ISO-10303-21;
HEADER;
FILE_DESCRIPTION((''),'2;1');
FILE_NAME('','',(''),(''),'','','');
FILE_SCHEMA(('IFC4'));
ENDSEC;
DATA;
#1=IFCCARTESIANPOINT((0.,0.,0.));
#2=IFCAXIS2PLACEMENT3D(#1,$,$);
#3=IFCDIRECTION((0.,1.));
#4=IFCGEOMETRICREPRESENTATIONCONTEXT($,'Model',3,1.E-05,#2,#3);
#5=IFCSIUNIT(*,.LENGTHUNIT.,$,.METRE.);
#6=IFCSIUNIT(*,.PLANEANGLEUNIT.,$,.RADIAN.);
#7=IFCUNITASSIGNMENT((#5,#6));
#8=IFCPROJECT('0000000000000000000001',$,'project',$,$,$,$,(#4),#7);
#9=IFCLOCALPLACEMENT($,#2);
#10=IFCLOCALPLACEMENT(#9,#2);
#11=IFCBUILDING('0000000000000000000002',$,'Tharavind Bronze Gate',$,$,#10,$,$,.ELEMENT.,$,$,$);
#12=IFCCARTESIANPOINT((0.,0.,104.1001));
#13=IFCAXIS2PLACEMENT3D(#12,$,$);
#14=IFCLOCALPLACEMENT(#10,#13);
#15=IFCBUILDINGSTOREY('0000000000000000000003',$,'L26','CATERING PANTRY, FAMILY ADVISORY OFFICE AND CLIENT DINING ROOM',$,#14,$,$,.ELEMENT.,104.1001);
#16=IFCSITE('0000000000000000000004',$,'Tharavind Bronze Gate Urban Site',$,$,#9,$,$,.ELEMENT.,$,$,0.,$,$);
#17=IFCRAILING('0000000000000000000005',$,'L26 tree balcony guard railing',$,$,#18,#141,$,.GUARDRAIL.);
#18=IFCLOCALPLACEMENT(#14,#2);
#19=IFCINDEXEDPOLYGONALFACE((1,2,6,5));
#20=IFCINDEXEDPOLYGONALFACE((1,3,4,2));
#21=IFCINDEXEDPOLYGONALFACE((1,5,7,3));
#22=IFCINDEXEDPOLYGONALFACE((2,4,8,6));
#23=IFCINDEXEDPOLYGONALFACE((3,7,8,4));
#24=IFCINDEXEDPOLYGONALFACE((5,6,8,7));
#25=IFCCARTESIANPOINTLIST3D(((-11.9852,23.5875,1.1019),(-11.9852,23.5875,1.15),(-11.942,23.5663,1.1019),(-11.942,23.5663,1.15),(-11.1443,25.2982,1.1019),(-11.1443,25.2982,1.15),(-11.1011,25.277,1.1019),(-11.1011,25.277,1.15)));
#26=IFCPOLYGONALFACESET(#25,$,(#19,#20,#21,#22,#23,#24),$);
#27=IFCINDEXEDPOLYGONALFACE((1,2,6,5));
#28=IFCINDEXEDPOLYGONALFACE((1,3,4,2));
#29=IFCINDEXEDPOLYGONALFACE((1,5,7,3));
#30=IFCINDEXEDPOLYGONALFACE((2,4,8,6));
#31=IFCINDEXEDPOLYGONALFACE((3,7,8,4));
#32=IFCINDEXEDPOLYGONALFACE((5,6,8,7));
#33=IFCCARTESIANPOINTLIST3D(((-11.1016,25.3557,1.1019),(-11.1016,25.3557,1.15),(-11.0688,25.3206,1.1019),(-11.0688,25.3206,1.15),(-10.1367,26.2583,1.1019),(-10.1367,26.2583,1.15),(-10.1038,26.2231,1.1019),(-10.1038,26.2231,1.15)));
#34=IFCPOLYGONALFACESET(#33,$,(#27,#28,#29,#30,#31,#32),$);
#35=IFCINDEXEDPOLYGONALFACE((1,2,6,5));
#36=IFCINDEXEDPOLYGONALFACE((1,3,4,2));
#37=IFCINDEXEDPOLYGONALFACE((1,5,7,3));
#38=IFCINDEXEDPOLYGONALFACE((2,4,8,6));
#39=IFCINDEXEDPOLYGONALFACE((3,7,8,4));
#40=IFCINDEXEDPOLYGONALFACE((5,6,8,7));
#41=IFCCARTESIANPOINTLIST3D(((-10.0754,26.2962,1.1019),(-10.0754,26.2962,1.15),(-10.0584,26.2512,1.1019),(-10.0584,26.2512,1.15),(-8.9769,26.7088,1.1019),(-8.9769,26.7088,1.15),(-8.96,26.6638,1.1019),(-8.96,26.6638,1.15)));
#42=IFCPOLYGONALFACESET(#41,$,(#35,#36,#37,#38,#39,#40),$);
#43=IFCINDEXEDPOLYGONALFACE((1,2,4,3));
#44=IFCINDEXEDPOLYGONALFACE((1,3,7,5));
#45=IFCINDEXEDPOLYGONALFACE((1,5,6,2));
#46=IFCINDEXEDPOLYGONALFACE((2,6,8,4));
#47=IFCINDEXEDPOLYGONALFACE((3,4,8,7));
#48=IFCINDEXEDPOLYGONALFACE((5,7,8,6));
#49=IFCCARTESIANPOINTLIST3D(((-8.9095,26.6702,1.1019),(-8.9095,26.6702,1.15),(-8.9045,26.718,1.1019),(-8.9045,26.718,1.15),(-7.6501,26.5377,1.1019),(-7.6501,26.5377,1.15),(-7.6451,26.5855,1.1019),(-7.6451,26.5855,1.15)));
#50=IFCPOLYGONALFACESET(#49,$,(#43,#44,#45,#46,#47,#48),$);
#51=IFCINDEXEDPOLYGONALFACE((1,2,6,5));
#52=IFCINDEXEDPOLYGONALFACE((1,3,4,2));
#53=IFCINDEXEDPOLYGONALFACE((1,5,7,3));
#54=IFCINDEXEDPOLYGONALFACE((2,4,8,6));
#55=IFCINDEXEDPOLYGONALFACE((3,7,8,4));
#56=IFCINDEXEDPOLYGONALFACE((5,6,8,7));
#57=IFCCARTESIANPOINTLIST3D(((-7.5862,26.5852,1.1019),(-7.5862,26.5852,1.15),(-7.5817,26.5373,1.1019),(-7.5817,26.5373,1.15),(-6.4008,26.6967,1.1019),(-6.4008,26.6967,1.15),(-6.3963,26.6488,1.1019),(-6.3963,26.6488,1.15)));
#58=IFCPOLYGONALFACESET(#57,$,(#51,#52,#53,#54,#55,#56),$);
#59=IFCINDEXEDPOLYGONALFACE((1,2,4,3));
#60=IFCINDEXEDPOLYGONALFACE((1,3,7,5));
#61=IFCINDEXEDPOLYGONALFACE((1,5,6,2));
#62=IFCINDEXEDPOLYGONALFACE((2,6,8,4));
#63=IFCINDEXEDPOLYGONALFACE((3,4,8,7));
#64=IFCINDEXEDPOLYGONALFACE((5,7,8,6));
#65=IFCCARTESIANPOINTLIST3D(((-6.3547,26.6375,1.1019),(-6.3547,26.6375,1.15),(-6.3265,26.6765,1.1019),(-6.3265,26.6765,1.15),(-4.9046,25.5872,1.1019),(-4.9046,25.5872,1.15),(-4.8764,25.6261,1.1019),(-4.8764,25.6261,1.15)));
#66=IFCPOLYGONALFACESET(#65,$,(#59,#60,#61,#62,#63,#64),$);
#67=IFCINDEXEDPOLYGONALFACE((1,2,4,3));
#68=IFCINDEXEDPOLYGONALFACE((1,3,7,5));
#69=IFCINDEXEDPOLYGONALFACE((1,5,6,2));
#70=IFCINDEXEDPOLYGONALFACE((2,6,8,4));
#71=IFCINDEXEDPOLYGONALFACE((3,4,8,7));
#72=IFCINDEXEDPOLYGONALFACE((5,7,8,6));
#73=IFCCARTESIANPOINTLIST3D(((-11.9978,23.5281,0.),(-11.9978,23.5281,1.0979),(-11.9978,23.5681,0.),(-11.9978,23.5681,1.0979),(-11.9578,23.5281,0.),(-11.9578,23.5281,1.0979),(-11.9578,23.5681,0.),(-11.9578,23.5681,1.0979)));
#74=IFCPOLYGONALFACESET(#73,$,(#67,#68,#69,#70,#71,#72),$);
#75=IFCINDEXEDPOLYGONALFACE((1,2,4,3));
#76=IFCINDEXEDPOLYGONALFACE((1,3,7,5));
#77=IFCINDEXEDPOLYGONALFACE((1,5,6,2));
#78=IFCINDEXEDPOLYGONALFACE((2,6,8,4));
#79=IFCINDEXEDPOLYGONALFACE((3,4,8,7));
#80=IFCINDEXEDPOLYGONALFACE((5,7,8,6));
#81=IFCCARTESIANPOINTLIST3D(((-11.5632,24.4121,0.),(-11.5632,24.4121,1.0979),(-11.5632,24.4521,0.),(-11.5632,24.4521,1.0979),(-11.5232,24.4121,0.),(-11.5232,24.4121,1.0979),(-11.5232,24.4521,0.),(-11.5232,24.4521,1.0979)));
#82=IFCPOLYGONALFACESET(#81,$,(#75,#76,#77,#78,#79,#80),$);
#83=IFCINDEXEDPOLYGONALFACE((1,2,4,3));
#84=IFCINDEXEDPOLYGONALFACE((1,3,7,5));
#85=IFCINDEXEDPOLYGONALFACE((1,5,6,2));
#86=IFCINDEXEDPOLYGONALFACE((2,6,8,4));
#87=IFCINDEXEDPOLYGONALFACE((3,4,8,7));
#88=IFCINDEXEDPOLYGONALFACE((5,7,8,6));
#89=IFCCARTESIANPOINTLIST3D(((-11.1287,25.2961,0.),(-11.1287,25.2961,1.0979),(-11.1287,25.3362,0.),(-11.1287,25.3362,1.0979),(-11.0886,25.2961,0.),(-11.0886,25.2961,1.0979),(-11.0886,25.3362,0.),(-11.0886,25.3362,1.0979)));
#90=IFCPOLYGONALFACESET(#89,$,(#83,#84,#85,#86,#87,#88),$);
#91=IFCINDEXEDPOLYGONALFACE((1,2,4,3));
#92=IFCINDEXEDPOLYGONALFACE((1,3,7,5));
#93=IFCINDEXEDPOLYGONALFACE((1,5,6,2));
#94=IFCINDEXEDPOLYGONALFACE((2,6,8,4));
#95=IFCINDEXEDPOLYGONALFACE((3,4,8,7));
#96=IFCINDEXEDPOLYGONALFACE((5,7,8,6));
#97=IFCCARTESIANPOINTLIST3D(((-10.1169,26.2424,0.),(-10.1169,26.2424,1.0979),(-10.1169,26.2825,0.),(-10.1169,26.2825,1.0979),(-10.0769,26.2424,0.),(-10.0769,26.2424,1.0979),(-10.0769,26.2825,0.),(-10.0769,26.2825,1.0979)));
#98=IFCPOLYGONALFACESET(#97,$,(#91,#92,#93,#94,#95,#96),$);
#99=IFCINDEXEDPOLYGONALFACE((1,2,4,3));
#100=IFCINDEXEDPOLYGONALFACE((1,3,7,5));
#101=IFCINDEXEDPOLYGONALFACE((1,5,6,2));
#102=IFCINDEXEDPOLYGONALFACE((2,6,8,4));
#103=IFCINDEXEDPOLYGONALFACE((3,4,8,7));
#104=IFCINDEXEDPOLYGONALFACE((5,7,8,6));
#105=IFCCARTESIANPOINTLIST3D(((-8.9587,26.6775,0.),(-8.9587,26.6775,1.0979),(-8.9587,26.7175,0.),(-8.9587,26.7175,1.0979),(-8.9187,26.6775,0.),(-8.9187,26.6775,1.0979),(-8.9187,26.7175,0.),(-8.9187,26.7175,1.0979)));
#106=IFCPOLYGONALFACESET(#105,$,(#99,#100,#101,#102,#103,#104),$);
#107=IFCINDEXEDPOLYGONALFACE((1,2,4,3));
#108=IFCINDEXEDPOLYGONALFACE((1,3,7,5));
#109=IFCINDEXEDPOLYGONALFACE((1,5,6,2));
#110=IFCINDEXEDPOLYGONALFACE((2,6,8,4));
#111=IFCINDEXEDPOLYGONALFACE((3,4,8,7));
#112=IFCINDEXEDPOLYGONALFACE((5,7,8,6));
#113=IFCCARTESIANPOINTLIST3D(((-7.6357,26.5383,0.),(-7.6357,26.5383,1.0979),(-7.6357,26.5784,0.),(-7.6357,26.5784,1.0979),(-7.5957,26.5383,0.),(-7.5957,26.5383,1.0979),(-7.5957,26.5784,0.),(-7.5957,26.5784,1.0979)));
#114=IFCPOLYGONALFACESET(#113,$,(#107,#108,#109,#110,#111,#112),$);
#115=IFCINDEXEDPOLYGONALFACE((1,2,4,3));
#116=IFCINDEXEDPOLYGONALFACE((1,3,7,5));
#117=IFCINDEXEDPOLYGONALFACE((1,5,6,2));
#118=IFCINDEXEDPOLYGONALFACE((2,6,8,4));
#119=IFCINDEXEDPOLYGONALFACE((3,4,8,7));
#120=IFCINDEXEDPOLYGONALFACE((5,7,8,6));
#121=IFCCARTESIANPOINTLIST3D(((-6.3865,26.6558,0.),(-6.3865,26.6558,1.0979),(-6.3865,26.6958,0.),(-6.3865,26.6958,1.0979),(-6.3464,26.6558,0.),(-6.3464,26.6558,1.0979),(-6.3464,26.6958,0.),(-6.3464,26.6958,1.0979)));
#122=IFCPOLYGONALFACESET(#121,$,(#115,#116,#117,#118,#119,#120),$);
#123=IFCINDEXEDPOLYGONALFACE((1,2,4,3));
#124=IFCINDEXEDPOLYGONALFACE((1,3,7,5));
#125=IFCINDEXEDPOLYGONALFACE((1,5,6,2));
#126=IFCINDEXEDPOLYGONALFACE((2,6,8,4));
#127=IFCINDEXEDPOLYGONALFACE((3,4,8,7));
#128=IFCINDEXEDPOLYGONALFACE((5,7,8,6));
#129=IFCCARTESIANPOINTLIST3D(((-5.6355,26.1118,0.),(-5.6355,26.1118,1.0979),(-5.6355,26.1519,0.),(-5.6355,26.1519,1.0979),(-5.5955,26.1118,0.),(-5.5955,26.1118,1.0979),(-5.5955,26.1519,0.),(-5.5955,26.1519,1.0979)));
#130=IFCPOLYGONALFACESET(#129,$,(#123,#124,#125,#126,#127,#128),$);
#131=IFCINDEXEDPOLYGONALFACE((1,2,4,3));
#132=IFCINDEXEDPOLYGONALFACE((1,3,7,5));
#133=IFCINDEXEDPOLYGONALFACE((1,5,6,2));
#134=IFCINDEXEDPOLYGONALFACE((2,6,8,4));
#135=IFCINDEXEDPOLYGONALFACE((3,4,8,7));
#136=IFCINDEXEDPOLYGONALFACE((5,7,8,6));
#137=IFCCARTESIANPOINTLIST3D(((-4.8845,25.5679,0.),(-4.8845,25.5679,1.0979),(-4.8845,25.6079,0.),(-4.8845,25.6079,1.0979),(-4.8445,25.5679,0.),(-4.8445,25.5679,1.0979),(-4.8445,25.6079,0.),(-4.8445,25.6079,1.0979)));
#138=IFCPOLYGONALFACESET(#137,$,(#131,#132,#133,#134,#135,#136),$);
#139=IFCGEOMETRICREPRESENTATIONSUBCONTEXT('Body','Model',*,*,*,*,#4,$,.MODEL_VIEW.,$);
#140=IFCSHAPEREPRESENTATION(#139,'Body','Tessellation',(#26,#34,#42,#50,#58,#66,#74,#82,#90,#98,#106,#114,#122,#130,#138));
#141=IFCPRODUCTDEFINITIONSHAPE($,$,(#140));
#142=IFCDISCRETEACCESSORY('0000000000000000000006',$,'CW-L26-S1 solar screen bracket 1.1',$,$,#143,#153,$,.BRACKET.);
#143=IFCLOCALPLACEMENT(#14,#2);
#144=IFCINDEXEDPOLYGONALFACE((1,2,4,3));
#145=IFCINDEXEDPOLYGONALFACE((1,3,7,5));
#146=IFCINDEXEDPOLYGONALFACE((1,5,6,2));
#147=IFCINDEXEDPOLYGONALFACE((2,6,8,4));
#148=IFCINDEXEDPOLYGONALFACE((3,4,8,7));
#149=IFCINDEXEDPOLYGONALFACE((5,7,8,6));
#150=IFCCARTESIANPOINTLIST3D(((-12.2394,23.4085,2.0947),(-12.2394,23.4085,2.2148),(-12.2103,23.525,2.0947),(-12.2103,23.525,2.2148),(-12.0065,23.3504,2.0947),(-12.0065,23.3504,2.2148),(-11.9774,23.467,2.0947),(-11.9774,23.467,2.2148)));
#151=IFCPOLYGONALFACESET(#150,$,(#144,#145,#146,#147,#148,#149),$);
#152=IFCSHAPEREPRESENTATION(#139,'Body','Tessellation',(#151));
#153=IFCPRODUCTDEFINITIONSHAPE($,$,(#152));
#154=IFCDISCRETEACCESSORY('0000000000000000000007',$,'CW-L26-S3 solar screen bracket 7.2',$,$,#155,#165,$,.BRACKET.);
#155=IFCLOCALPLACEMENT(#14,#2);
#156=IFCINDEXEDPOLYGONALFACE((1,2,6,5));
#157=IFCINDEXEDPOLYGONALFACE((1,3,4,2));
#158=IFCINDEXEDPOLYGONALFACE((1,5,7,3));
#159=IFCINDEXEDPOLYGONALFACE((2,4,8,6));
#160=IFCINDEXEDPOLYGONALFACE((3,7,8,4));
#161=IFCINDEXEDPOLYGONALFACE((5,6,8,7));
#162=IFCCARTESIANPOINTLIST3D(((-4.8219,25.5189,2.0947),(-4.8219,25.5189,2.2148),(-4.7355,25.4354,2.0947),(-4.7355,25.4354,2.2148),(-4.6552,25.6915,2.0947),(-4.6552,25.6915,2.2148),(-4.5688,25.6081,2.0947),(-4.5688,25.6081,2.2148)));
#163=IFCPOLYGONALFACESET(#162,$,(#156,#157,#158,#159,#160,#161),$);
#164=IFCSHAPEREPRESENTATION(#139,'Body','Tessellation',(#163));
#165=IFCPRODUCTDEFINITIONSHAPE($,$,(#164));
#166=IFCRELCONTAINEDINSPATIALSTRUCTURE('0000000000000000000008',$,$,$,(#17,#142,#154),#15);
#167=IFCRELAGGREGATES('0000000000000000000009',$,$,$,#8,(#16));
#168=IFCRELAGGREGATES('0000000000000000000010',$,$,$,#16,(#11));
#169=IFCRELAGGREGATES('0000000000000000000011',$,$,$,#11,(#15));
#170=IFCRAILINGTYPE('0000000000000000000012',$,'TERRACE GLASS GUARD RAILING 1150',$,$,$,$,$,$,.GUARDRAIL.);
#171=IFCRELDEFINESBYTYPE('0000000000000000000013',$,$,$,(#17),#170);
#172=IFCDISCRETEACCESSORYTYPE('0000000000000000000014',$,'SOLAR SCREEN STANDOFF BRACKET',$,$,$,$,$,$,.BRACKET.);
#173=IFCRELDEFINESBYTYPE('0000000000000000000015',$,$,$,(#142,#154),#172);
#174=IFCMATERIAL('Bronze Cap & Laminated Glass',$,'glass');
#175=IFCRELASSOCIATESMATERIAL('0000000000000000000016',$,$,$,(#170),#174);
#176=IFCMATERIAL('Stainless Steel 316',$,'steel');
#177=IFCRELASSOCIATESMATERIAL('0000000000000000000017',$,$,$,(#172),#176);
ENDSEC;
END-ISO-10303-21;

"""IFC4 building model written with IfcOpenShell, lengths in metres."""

from ifc_helpers import new_model, si_unit, direction, frame, origin, origin_2d, place, context, subcontext, project, spatial, rectangle, extrude, material, type_object, element, save


model = new_model("IFC4")

# Units and contexts
model_context = context("Model", 3, precision=1e-05, world=origin(), true_north=direction((0.0, 1.0)))
body_context = subcontext(model_context, "Body", "Model", "MODEL_VIEW")
ifc_project = project(units=[si_unit("LENGTHUNIT", "METRE"), si_unit("PLANEANGLEUNIT", "RADIAN")], contexts=[model_context])

# Site, building, storey
site_placement = place(None, origin())
site = spatial("IfcSite", under=ifc_project, at=site_placement, Name="Tharavind Bronze Gate Urban Site", CompositionType="ELEMENT", RefElevation=0.0)
building_placement = place(site_placement, origin())
building = spatial("IfcBuilding", under=site, at=building_placement, Name="Tharavind Bronze Gate", CompositionType="ELEMENT")
storey_placement = place(building_placement, frame((0.0, 0.0, 104.1001)))
storey = spatial("IfcBuildingStorey", under=building, at=storey_placement, Name="L26", Description="CATERING PANTRY, FAMILY ADVISORY OFFICE AND CLIENT DINING ROOM", CompositionType="ELEMENT", Elevation=104.1001)

# Railing
ifc_material_1 = material(Name="Bronze Cap & Laminated Glass", Category="glass")
railing_type = type_object("IfcRailingType", Name="TERRACE GLASS GUARD RAILING 1150", PredefinedType="GUARDRAIL", material=ifc_material_1)
railing_placement = place(storey_placement, frame((-11.9778, 23.5481, 0.0)))
element("IfcRailing", 1, at=railing_placement, inside=storey, type_object=railing_type, Name="L26 tree balcony guard railing", PredefinedType="GUARDRAIL", context=body_context, shape_type="SweptSolid", body=[
    extrude(rectangle(XDim=0.0481, YDim=0.0481, at=origin_2d()), frame((0.0142, 0.0288, 1.126), z_axis=(0.441156, 0.89743, 0.0), x_axis=(-0.89743, 0.441156, 0.0)), (0.0, 0.0, 1.0), 1.9062),
    extrude(rectangle(XDim=0.0481, YDim=0.0481, at=origin_2d()), frame((0.8926, 1.79, 1.126), z_axis=(0.730328, 0.683096, 0.0), x_axis=(-0.683096, 0.730328, 0.0)), (0.0, 0.0, 1.0), 1.3213),
    extrude(rectangle(XDim=0.0481, YDim=0.0481, at=origin_2d()), frame((1.9109, 2.7256, 1.126), z_axis=(0.936134, 0.351642, 0.0), x_axis=(-0.351642, 0.936134, 0.0)), (0.0, 0.0, 1.0), 1.1733),
    extrude(rectangle(XDim=0.0481, YDim=0.0481, at=origin_2d()), frame((3.0708, 3.146, 1.126), z_axis=(0.994513, -0.104608, 0.0), x_axis=(0.104608, 0.994513, 0.0)), (0.0, 0.0, 1.0), 1.2664),
    extrude(rectangle(XDim=0.0481, YDim=0.0481, at=origin_2d()), frame((4.3938, 3.0132, 1.126), z_axis=(0.995611, 0.093588, 0.0), x_axis=(-0.093588, 0.995611, 0.0)), (0.0, 0.0, 1.0), 1.1907),
    extrude(rectangle(XDim=0.0481, YDim=0.0481, at=origin_2d()), frame((5.6372, 3.1089, 1.126), z_axis=(0.809873, -0.586605, 0.0), x_axis=(0.586605, 0.809873, 0.0)), (0.0, 0.0, 1.0), 1.7905),
    extrude(rectangle(XDim=0.04, YDim=0.04, at=origin_2d()), origin(), (0.0, 0.0, 1.0), 1.0979),
    extrude(rectangle(XDim=0.04, YDim=0.04, at=origin_2d()), frame((0.4346, 0.884, 0.0)), (0.0, 0.0, 1.0), 1.0979),
    extrude(rectangle(XDim=0.04, YDim=0.04, at=origin_2d()), frame((0.8691, 1.7681, 0.0)), (0.0, 0.0, 1.0), 1.0979),
    extrude(rectangle(XDim=0.04, YDim=0.04, at=origin_2d()), frame((1.8809, 2.7144, 0.0)), (0.0, 0.0, 1.0), 1.0979),
    extrude(rectangle(XDim=0.04, YDim=0.04, at=origin_2d()), frame((3.0391, 3.1494, 0.0)), (0.0, 0.0, 1.0), 1.0979),
    extrude(rectangle(XDim=0.04, YDim=0.04, at=origin_2d()), frame((4.3621, 3.0103, 0.0)), (0.0, 0.0, 1.0), 1.0979),
    extrude(rectangle(XDim=0.04, YDim=0.04, at=origin_2d()), frame((5.6113, 3.1277, 0.0)), (0.0, 0.0, 1.0), 1.0979),
    extrude(rectangle(XDim=0.04, YDim=0.04, at=origin_2d()), frame((6.3623, 2.5837, 0.0)), (0.0, 0.0, 1.0), 1.0979),
    extrude(rectangle(XDim=0.04, YDim=0.04, at=origin_2d()), frame((7.1133, 2.0398, 0.0)), (0.0, 0.0, 1.0), 1.0979),
])

# Discrete accessories
ifc_material_2 = material(Name="Stainless Steel 316", Category="steel")
discrete_accessory_type = type_object("IfcDiscreteAccessoryType", Name="SOLAR SCREEN STANDOFF BRACKET", PredefinedType="BRACKET", material=ifc_material_2)
for number, where, z_axis, x_axis, name in (
    (2, (-12.1084, 23.4377, 2.0947), (0.0, 0.0, 1.0), (-0.241922, -0.970296, 0.0), "CW-L26-S1 solar screen bracket 1.1"),
    (3, (-4.6953, 25.5635, 2.0947), (0.0, 0.0, 1.0), (-0.719341, 0.694657, 0.0), "CW-L26-S3 solar screen bracket 7.2"),
):
    element("IfcDiscreteAccessory", number, at=place(storey_placement, frame(where, z_axis=z_axis, x_axis=x_axis)), inside=storey, type_object=discrete_accessory_type, Name=name, PredefinedType="BRACKET", context=body_context, shape_type="SweptSolid", body=[
        extrude(rectangle(XDim=0.1201, YDim=0.24, at=origin_2d()), origin(), (0.0, 0.0, 1.0), 0.1201),
    ])

save(model, "model.ifc")
